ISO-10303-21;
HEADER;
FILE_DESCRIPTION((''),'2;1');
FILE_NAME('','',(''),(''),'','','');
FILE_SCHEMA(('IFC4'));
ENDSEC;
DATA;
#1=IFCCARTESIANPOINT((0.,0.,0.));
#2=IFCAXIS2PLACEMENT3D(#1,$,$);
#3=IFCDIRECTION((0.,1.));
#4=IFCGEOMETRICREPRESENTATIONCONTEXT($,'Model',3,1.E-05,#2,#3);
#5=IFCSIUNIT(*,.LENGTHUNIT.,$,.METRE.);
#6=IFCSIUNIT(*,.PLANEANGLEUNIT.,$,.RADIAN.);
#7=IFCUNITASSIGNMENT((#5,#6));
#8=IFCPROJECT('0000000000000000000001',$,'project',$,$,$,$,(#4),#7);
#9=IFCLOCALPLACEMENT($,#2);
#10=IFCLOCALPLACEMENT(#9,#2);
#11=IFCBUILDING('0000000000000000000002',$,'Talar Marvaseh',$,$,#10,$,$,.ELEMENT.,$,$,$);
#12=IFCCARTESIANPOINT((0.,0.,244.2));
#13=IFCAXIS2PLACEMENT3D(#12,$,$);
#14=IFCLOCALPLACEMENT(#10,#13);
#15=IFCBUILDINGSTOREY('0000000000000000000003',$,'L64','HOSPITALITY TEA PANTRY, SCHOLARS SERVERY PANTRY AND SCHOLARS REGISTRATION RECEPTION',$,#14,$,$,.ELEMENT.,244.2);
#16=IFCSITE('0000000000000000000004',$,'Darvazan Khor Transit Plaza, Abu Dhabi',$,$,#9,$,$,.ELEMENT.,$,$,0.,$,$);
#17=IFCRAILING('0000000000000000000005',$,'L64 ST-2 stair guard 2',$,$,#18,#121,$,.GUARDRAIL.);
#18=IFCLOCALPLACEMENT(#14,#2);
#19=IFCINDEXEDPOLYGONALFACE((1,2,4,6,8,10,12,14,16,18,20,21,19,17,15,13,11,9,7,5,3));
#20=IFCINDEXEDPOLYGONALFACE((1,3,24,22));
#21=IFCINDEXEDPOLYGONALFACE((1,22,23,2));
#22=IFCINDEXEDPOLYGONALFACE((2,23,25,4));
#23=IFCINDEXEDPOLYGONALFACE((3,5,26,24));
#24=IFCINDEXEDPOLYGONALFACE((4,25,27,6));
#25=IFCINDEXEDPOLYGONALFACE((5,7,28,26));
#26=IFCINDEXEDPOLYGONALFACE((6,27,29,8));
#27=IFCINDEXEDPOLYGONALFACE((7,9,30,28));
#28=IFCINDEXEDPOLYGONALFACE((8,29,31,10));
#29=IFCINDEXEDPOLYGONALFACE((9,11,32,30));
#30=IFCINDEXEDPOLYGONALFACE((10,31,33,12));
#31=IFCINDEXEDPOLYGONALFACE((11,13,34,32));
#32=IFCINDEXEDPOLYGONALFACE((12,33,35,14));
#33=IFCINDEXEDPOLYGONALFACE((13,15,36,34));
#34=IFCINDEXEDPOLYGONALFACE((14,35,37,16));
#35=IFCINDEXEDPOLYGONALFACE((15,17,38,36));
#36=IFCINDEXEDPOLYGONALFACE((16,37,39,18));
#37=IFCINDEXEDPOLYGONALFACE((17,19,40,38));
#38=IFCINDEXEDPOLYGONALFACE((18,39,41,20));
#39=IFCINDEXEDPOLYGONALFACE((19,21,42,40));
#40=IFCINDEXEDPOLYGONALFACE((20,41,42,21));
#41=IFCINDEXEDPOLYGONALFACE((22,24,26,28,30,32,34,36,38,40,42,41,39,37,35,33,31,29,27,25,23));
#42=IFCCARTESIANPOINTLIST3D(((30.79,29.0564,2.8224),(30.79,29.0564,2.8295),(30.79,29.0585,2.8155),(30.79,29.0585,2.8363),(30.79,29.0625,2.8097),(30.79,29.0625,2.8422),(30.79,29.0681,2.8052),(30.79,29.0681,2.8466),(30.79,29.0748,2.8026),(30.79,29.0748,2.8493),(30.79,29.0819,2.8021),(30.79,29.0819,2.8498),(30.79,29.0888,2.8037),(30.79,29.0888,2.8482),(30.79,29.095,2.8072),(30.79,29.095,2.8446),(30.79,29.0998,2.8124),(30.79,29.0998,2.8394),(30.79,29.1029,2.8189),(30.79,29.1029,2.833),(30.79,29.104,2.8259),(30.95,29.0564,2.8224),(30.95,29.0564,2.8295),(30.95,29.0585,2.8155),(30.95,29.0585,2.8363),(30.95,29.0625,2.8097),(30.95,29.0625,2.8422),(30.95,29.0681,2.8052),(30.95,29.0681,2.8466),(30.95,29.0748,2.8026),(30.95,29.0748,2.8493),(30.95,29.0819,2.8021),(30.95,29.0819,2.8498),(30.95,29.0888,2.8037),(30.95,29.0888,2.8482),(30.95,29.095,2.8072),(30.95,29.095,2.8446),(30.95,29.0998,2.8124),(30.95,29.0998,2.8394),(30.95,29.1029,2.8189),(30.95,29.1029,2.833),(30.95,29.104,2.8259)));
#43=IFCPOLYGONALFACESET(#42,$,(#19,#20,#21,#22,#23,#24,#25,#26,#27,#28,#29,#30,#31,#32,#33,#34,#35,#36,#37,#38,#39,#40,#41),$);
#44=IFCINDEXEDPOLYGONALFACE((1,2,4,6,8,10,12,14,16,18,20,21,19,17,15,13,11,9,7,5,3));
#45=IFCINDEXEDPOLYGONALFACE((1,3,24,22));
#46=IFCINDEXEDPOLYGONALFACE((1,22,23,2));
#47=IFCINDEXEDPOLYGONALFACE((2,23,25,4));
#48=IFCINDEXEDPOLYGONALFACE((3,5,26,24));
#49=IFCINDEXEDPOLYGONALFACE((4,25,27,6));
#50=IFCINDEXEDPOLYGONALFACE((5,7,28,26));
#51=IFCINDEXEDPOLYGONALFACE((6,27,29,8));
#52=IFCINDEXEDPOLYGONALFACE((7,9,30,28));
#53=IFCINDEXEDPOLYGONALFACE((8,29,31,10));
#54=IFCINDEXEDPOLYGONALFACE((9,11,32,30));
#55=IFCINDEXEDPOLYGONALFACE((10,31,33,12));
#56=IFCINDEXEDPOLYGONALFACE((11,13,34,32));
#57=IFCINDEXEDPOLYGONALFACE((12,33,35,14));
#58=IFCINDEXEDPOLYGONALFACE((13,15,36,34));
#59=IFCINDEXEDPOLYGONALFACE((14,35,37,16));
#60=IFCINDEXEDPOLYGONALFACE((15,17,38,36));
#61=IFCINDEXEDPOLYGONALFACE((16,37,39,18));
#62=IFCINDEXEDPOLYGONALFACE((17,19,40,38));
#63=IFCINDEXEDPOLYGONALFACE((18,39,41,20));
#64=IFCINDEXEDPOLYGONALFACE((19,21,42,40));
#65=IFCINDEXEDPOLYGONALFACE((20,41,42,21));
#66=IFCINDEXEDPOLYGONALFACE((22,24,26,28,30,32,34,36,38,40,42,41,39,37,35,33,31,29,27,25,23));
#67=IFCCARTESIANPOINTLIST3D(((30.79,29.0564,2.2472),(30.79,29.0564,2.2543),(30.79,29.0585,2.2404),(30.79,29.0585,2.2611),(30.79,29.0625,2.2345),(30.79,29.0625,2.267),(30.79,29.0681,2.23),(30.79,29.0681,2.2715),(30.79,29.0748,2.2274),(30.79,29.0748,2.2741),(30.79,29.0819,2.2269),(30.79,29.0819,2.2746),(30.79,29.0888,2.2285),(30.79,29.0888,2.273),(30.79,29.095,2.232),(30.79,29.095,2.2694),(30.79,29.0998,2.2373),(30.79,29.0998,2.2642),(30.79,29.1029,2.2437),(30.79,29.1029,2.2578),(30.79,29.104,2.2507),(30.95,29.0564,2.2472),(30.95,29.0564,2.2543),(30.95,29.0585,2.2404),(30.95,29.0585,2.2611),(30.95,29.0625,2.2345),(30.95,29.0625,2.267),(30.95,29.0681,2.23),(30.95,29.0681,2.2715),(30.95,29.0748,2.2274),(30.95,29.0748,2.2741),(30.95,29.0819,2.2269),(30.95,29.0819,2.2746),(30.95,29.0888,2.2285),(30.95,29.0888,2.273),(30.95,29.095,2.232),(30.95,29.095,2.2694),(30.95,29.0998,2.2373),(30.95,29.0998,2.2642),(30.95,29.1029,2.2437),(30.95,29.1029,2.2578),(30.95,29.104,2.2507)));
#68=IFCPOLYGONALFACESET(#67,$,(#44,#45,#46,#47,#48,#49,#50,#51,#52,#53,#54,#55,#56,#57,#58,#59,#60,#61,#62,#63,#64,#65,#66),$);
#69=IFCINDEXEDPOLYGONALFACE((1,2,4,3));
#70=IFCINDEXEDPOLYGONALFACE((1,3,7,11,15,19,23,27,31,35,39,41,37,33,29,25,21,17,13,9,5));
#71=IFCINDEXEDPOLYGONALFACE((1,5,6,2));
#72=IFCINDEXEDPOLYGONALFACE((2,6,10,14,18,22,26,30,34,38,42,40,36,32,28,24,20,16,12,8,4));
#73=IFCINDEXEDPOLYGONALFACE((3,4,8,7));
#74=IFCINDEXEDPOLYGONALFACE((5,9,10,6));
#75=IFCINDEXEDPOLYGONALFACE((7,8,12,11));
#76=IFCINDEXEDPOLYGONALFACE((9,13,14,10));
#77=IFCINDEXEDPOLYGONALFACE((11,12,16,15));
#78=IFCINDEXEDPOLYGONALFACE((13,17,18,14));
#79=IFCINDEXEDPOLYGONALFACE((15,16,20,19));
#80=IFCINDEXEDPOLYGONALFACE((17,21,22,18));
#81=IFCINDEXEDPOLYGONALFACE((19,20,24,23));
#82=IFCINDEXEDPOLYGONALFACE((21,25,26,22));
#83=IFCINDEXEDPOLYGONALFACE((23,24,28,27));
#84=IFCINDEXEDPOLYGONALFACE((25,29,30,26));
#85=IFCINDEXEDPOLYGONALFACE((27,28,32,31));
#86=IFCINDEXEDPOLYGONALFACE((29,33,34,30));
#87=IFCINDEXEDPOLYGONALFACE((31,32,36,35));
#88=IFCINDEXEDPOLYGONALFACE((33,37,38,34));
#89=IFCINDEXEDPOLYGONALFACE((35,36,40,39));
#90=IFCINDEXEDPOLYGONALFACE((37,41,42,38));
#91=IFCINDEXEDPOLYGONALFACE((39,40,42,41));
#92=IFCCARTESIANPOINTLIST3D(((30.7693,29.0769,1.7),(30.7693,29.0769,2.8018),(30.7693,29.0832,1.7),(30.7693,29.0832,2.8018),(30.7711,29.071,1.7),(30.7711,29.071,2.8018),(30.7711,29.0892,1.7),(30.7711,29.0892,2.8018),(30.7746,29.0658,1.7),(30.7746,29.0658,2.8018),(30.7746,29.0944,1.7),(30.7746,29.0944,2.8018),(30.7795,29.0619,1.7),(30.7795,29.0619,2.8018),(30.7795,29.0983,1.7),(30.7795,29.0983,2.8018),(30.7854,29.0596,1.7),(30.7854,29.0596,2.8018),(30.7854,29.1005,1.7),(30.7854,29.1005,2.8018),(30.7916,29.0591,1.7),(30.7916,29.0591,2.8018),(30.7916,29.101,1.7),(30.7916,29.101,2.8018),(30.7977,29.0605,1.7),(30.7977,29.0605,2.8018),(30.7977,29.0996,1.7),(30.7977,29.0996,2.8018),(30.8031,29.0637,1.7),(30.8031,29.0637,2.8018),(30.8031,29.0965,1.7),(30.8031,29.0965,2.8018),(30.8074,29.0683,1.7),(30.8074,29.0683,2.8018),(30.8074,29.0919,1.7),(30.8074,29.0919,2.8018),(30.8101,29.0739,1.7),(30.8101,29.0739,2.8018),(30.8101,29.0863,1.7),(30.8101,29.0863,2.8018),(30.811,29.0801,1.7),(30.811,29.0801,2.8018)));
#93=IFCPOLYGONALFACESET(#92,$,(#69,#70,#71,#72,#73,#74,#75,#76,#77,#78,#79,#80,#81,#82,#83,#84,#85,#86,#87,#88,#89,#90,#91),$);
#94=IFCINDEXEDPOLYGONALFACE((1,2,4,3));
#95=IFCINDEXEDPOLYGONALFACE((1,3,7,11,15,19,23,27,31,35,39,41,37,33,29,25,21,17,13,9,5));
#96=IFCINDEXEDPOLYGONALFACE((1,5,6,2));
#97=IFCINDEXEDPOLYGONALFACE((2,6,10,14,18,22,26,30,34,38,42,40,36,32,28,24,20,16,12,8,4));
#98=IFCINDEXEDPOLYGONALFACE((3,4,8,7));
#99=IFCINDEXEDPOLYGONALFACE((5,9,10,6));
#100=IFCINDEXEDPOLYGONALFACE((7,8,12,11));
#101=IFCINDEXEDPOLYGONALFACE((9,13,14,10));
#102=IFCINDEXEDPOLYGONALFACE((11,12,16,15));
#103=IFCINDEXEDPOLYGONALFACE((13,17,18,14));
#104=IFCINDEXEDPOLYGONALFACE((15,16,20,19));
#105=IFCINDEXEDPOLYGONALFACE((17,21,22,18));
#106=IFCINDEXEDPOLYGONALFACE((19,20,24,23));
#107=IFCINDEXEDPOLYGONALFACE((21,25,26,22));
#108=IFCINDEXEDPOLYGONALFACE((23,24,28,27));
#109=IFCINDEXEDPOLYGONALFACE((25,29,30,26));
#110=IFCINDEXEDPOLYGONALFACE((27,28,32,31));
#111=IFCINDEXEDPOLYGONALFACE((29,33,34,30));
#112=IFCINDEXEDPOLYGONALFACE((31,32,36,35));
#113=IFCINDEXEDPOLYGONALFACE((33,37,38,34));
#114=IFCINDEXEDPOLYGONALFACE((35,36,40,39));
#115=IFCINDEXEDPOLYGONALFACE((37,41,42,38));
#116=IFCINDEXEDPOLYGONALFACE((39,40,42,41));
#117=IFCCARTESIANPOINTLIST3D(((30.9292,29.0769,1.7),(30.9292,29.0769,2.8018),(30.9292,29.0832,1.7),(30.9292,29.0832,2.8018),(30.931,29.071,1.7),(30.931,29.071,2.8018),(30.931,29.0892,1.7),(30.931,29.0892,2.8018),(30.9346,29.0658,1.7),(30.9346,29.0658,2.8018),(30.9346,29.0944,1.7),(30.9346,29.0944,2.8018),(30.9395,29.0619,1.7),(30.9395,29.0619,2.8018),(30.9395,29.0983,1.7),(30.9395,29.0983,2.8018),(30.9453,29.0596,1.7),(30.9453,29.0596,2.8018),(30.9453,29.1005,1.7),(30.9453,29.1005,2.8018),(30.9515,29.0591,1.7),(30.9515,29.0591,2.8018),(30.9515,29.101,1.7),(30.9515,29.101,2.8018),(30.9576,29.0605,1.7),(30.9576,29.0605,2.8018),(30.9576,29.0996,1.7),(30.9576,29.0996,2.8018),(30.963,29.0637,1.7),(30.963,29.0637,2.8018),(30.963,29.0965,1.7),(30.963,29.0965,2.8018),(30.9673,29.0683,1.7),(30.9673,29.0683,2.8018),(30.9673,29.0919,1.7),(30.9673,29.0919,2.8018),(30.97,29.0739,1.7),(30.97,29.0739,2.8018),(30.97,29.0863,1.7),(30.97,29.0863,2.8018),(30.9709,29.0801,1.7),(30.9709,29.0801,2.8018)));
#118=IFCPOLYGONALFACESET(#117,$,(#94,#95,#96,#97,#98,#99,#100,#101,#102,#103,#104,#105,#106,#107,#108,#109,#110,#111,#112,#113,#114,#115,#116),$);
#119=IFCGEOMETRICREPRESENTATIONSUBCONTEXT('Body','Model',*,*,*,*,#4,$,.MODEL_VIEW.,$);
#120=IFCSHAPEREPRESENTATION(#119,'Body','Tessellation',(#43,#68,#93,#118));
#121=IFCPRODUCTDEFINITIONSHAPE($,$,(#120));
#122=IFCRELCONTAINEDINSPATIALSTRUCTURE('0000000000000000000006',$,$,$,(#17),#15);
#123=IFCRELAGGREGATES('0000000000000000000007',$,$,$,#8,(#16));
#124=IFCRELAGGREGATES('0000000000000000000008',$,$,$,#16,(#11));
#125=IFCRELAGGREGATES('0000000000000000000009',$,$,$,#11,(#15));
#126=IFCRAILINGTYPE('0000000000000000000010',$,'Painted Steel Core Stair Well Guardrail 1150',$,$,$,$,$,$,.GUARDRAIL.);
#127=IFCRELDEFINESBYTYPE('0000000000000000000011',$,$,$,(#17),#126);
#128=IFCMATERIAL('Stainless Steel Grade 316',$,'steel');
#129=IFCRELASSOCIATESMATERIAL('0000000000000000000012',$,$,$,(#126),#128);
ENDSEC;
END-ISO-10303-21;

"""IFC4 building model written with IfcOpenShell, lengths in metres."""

from ifc_helpers import new_model, si_unit, direction, frame, origin, origin_2d, place, context, subcontext, project, spatial, circle, extrude, material, type_object, element, save


model = new_model("IFC4")

# Units and contexts
model_context = context("Model", 3, precision=1e-05, world=origin(), true_north=direction((0.0, 1.0)))
body_context = subcontext(model_context, "Body", "Model", "MODEL_VIEW")
ifc_project = project(units=[si_unit("LENGTHUNIT", "METRE"), si_unit("PLANEANGLEUNIT", "RADIAN")], contexts=[model_context])

# Site, building, storey
site_placement = place(None, origin())
site = spatial("IfcSite", under=ifc_project, at=site_placement, Name="Darvazan Khor Transit Plaza, Abu Dhabi", CompositionType="ELEMENT", RefElevation=0.0)
building_placement = place(site_placement, origin())
building = spatial("IfcBuilding", under=site, at=building_placement, Name="Talar Marvaseh", CompositionType="ELEMENT")
storey_placement = place(building_placement, frame((0.0, 0.0, 244.2)))
storey = spatial("IfcBuildingStorey", under=building, at=storey_placement, Name="L64", Description="HOSPITALITY TEA PANTRY, SCHOLARS SERVERY PANTRY AND SCHOLARS REGISTRATION RECEPTION", CompositionType="ELEMENT", Elevation=244.2)

# Shared definitions
ifc_material_1 = material(Name="Stainless Steel Grade 316", Category="steel")

# Railing
railing_type_1 = type_object("IfcRailingType", Name="Painted Steel Core Stair Well Guardrail 1150", PredefinedType="GUARDRAIL", material=ifc_material_1)
railing_1_placement = place(storey_placement, frame((30.79, 29.0801, 1.7)))
element("IfcRailing", 1, at=railing_1_placement, inside=storey, type_object=railing_type_1, Name="L64 ST-2 stair guard 2", PredefinedType="GUARDRAIL", context=body_context, shape_type="SweptSolid", body=[
    extrude(circle(Radius=0.0239, at=origin_2d()), frame((0.0, 0.0, 1.126), z_axis=(1.0, 0.0, 0.0), x_axis=(0.0, 1.0, 0.0)), (0.0, 0.0, 1.0), 0.1599),
    extrude(circle(Radius=0.0239, at=origin_2d()), frame((0.0, 0.0, 0.5508), z_axis=(1.0, 0.0, 0.0), x_axis=(0.0, 1.0, 0.0)), (0.0, 0.0, 1.0), 0.1599),
    extrude(circle(Radius=0.021, at=origin_2d()), origin(), (0.0, 0.0, 1.0), 1.1018),
    extrude(circle(Radius=0.021, at=origin_2d()), frame((0.1599, 0.0, 0.0)), (0.0, 0.0, 1.0), 1.1018),
])

save(model, "model.ifc")
